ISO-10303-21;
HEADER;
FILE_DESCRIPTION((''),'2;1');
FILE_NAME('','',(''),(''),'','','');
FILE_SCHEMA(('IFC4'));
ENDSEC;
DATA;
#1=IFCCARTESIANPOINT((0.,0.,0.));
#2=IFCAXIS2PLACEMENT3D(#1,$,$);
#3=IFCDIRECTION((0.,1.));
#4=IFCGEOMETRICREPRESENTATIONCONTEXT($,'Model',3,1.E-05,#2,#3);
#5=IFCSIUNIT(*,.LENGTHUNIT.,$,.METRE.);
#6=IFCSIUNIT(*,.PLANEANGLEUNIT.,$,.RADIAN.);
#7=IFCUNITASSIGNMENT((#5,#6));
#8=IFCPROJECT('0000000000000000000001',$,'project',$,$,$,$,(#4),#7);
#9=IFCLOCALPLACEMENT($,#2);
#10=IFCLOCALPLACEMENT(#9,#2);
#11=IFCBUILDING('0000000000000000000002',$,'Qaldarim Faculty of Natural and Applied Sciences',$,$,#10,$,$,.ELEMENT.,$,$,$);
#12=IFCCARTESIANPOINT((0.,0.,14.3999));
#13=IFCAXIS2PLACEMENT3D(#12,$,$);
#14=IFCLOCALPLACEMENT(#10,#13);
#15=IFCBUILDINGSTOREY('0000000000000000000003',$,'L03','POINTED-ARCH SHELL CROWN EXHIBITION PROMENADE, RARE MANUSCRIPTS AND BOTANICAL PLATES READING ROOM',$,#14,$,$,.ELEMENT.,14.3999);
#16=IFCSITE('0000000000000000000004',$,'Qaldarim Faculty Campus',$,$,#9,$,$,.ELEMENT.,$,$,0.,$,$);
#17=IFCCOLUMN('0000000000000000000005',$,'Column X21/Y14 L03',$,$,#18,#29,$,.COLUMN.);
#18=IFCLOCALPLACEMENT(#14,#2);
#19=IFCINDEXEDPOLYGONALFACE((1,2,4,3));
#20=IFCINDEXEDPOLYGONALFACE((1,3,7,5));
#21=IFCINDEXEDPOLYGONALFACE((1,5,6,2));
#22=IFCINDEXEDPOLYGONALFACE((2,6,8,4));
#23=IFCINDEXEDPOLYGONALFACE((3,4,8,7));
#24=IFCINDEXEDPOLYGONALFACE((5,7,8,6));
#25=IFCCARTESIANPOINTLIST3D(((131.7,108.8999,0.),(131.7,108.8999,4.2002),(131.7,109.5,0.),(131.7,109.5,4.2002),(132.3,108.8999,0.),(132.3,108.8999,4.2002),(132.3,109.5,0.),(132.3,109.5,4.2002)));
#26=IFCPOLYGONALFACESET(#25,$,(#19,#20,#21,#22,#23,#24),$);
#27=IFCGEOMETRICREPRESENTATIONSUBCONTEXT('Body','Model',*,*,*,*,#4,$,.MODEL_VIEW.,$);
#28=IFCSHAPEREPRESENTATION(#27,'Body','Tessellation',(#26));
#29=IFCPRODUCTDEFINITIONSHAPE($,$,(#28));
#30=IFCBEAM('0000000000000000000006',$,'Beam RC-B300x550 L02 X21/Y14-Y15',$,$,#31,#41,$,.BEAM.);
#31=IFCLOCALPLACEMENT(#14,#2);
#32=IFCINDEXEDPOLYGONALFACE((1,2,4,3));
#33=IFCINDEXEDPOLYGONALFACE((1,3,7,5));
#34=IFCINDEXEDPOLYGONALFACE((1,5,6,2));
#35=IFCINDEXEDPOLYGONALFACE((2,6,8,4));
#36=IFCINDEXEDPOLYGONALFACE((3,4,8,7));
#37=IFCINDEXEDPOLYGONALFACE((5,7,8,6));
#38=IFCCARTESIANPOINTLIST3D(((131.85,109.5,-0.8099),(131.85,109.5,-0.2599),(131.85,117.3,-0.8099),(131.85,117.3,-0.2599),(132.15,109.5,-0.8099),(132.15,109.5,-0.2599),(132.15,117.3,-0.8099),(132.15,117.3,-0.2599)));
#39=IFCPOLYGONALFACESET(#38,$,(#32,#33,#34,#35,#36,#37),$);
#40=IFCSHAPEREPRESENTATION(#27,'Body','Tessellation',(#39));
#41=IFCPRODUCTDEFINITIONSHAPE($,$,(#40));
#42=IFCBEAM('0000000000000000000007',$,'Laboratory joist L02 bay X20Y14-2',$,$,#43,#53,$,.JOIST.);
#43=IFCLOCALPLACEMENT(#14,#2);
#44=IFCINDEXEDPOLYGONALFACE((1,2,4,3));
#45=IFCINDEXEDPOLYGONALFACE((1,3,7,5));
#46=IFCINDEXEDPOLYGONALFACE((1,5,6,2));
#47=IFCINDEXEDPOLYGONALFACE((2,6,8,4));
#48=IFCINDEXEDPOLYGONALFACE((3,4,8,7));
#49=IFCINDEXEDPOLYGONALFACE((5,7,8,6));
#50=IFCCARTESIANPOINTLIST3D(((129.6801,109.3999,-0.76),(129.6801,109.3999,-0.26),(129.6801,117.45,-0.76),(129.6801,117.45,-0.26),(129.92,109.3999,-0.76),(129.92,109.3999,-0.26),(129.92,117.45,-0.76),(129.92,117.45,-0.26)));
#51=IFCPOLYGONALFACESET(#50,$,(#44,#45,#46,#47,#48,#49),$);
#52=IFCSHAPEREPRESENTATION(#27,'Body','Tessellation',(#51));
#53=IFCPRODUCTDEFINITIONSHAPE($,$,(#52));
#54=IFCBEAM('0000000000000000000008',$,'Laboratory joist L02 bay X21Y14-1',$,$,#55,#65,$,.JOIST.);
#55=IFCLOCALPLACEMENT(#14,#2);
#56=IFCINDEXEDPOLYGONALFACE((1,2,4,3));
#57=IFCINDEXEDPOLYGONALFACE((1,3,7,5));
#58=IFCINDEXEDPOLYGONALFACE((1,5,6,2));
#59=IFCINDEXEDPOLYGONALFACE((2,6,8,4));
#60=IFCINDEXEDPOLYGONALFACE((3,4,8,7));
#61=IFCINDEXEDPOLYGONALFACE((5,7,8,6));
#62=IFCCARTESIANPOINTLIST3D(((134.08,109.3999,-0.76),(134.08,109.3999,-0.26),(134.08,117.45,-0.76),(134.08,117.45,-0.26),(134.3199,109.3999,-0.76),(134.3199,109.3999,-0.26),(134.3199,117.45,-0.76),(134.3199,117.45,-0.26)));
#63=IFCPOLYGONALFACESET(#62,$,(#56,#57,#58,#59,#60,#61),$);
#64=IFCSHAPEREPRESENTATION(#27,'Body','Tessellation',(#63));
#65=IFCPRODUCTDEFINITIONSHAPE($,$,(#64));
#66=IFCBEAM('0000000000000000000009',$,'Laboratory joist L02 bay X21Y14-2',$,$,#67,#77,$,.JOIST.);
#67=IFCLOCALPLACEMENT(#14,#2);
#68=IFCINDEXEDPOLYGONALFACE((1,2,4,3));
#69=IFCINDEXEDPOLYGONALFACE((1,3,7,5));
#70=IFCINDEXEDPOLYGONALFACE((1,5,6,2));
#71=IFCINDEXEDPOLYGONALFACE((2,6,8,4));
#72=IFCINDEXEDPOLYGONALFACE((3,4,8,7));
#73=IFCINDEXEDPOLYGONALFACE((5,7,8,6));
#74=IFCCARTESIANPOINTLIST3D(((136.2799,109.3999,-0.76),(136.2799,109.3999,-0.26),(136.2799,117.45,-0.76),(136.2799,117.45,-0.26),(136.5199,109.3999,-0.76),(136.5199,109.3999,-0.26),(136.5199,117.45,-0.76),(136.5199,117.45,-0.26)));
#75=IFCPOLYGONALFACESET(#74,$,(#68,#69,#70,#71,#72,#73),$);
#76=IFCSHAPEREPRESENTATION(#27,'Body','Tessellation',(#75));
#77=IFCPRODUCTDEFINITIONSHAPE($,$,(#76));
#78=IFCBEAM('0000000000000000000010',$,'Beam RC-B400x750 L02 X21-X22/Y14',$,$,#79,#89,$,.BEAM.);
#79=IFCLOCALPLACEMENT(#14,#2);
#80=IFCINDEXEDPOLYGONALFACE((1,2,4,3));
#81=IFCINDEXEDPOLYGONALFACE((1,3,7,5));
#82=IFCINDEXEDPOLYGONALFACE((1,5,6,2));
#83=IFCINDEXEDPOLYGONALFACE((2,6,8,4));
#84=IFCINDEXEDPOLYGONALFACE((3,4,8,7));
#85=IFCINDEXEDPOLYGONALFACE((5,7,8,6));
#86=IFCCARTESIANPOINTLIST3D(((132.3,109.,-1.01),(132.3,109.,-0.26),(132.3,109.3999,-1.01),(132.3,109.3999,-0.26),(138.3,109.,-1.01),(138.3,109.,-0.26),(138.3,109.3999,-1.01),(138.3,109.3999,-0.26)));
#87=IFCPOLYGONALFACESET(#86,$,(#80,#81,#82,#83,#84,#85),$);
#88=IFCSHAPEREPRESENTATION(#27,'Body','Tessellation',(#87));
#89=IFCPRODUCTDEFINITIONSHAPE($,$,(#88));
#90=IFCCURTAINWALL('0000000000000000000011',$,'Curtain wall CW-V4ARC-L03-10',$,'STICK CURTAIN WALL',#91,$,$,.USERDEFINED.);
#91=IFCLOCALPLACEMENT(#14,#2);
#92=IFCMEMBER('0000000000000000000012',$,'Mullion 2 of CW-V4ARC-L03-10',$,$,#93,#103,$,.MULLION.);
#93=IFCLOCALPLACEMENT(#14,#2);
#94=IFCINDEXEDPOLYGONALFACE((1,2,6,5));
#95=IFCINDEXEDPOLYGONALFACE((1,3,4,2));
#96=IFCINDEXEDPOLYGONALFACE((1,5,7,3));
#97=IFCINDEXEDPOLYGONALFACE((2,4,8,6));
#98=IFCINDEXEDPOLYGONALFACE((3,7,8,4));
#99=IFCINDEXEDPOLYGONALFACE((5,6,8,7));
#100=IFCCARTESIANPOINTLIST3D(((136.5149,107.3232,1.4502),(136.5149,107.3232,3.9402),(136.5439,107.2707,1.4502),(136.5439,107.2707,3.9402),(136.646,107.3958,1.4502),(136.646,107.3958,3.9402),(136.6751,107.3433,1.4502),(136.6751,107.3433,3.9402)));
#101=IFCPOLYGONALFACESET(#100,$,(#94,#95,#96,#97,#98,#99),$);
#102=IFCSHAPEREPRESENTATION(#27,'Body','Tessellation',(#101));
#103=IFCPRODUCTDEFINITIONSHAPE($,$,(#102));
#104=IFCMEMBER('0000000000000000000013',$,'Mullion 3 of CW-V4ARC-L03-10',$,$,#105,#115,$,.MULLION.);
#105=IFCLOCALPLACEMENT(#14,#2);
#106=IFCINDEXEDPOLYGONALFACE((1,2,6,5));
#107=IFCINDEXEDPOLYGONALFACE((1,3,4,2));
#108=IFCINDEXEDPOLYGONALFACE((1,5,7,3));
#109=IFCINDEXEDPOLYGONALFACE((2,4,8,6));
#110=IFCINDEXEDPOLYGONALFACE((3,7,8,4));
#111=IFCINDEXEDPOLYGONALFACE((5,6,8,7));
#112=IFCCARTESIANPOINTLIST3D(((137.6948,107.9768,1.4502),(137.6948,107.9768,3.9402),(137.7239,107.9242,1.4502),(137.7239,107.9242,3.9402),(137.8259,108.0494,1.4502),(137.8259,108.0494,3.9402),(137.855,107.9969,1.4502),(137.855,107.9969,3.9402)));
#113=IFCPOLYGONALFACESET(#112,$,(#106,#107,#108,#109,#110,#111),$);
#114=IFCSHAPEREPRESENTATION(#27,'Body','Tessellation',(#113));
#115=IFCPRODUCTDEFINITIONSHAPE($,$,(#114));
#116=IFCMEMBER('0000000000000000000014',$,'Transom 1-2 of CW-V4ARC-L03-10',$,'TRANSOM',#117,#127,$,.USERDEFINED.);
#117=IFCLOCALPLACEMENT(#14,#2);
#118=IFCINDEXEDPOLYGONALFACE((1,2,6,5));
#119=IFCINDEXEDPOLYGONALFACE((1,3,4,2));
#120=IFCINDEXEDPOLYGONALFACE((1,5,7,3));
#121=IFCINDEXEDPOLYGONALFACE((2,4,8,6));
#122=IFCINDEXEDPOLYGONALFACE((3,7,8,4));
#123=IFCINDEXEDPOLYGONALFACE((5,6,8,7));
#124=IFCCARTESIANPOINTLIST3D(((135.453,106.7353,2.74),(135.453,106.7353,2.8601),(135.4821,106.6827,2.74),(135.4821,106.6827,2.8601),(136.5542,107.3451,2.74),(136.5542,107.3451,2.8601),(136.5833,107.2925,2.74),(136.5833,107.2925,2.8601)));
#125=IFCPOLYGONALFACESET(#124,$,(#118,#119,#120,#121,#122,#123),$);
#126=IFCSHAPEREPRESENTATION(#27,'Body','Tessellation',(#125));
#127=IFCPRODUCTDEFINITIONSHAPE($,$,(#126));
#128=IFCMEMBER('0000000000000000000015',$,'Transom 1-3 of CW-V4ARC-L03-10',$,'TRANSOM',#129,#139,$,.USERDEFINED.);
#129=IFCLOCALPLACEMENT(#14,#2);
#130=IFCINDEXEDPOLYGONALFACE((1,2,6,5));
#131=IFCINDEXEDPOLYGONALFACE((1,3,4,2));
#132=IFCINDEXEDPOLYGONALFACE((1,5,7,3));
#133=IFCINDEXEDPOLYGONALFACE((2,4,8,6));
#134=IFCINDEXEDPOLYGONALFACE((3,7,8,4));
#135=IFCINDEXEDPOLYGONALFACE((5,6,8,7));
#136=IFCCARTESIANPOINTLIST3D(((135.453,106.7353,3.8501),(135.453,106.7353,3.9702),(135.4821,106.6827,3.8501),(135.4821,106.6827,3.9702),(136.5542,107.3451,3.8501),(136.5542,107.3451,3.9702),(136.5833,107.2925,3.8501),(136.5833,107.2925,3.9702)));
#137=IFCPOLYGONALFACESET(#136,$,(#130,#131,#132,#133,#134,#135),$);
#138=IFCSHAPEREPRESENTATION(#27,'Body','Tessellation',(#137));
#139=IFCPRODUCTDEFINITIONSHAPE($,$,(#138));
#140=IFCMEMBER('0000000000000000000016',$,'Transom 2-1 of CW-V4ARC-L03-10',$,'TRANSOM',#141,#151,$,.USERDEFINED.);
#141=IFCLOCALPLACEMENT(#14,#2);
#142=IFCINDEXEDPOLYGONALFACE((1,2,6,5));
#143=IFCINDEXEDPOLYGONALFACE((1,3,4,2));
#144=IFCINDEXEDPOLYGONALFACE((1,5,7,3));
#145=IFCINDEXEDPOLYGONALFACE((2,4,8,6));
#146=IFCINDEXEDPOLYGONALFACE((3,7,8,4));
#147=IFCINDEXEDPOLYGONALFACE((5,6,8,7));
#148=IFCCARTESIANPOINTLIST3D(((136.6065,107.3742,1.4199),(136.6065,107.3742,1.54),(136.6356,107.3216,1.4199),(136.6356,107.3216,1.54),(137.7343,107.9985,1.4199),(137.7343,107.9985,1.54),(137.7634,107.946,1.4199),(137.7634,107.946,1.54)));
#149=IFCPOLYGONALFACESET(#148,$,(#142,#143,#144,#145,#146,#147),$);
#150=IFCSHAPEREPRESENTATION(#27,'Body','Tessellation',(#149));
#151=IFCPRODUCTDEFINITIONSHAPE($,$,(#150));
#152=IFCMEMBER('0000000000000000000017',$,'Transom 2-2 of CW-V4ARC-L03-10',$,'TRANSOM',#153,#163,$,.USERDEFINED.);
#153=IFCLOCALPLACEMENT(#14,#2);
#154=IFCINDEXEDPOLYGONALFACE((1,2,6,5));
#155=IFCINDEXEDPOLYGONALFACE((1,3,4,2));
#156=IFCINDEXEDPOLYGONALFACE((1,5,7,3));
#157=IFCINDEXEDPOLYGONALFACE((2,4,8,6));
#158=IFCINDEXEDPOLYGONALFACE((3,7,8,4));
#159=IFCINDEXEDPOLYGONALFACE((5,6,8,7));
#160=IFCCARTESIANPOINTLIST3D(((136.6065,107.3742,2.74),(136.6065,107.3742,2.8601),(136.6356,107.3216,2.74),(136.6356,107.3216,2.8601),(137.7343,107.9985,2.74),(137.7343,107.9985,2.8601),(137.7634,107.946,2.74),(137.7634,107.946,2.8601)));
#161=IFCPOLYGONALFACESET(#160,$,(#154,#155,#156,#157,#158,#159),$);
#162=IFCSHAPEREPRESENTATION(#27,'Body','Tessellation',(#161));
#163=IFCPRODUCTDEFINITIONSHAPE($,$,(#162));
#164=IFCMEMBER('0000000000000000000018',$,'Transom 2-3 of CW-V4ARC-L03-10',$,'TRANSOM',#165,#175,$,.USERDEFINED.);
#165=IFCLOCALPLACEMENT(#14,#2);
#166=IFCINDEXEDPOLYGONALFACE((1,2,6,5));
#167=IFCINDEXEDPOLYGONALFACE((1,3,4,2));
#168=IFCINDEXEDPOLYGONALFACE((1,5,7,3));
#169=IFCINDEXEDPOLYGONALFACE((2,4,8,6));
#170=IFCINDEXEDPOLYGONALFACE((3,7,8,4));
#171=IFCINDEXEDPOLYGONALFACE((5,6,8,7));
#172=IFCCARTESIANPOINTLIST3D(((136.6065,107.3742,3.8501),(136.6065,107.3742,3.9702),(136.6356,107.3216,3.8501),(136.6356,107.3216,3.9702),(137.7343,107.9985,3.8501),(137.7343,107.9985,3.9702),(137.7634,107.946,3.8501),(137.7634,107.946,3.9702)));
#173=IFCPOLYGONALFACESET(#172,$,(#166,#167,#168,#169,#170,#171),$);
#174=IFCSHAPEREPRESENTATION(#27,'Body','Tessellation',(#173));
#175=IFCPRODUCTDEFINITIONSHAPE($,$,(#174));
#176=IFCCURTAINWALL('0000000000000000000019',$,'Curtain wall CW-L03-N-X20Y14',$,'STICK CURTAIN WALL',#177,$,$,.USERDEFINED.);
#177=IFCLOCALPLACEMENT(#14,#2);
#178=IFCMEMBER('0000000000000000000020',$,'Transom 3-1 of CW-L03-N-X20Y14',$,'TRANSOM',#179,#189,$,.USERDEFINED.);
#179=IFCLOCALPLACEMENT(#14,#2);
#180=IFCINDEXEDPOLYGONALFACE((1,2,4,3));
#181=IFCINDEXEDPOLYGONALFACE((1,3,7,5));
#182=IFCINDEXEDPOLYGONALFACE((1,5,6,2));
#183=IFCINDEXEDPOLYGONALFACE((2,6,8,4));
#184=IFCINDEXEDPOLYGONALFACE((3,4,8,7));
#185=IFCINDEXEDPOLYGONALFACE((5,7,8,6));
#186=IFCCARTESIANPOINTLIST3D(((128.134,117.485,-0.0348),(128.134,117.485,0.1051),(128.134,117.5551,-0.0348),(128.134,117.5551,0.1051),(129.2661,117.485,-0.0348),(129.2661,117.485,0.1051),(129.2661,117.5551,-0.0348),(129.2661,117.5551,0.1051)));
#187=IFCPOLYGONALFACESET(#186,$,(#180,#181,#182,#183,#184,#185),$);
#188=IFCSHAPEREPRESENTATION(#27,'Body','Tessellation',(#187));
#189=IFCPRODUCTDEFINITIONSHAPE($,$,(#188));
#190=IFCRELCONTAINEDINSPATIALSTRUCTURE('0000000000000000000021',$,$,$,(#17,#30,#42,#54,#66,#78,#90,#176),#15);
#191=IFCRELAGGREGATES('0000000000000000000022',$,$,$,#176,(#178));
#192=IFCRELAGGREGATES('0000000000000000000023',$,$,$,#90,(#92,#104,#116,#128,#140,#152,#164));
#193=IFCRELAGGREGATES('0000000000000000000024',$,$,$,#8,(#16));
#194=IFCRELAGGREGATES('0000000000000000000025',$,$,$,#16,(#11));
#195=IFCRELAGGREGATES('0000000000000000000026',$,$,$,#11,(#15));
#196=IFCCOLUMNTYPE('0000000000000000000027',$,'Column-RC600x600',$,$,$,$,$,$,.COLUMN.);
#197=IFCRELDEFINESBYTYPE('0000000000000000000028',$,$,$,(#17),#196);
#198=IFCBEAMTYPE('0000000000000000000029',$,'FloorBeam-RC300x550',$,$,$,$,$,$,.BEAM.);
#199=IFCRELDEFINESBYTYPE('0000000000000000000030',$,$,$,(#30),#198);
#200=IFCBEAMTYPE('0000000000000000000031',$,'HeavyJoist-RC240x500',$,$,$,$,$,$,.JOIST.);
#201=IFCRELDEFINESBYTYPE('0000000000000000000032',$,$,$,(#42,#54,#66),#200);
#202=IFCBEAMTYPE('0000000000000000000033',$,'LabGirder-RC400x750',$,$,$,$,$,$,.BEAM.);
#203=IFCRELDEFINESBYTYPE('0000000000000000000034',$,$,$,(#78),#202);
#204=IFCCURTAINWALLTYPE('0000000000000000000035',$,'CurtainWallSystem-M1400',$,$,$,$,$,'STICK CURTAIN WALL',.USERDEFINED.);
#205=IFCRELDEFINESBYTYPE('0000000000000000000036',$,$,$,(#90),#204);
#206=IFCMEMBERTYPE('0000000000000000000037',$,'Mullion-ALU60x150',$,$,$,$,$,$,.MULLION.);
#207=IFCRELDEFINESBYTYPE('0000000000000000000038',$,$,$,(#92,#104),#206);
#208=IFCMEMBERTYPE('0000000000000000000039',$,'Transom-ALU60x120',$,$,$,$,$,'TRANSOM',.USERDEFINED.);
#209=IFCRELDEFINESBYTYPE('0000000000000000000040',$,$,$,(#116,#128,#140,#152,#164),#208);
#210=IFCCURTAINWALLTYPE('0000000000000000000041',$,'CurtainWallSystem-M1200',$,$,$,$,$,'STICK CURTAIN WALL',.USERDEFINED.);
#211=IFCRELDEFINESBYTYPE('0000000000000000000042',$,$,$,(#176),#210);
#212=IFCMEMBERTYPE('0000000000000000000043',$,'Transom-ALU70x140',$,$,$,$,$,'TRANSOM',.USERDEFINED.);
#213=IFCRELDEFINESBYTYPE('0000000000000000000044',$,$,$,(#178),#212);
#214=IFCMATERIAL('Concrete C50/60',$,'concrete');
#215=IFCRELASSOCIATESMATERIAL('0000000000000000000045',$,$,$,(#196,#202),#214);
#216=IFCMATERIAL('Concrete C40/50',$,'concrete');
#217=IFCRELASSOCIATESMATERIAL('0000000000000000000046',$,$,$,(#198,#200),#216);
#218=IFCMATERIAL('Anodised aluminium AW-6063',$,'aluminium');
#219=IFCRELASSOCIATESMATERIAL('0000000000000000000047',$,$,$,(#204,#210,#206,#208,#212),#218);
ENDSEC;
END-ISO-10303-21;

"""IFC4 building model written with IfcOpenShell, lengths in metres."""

from ifc_helpers import new_model, si_unit, direction, frame, origin, origin_2d, place, context, subcontext, project, spatial, rectangle, extrude, material, material_profile, profile_set, type_object, element, aggregate, save


model = new_model("IFC4")

# Units and contexts
model_context = context("Model", 3, precision=1e-05, world=origin(), true_north=direction((0.0, 1.0)))
body_context = subcontext(model_context, "Body", "Model", "MODEL_VIEW")
ifc_project = project(units=[si_unit("LENGTHUNIT", "METRE"), si_unit("PLANEANGLEUNIT", "RADIAN")], contexts=[model_context])

# Site, building, storey
site_placement = place(None, origin())
site = spatial("IfcSite", under=ifc_project, at=site_placement, Name="Qaldarim Faculty Campus", CompositionType="ELEMENT", RefElevation=0.0)
building_placement = place(site_placement, origin())
building = spatial("IfcBuilding", under=site, at=building_placement, Name="Qaldarim Faculty of Natural and Applied Sciences", CompositionType="ELEMENT")
storey_placement = place(building_placement, frame((0.0, 0.0, 14.3999)))
storey = spatial("IfcBuildingStorey", under=building, at=storey_placement, Name="L03", Description="POINTED-ARCH SHELL CROWN EXHIBITION PROMENADE, RARE MANUSCRIPTS AND BOTANICAL PLATES READING ROOM", CompositionType="ELEMENT", Elevation=14.3999)

# Column
ifc_material_1 = material(Name="Concrete C50/60", Category="concrete")
ifc_material_profile_1 = material_profile(ifc_material_1, rectangle(XDim=0.6001, YDim=0.6001, at=origin_2d()), Name="RC-C600x600")
ifc_profile_set_1 = profile_set([ifc_material_profile_1], Name="Concrete C50/60")
column_type = type_object("IfcColumnType", Name="Column-RC600x600", PredefinedType="COLUMN", material=ifc_profile_set_1)
column_placement = place(storey_placement, frame((132.0, 109.2, 0.0), z_axis=(0.0, 0.0, 1.0), x_axis=(1.0, 0.0, 0.0)))
element("IfcColumn", 1, at=column_placement, inside=storey, type_object=column_type, Name="Column X21/Y14 L03", PredefinedType="COLUMN", context=body_context, shape_type="SweptSolid", body=[
    extrude(rectangle(XDim=0.6001, YDim=0.6001, at=origin_2d()), origin(), (0.0, 0.0, 1.0), 4.2002),
])

# Beams
ifc_material_2 = material(Name="Concrete C40/50", Category="concrete")
ifc_material_profile_2 = material_profile(ifc_material_2, rectangle(XDim=0.3, YDim=0.55, at=origin_2d()), Name="RC-B300x550")
ifc_profile_set_2 = profile_set([ifc_material_profile_2], Name="Concrete C40/50")
beam_type_1 = type_object("IfcBeamType", Name="FloorBeam-RC300x550", PredefinedType="BEAM", material=ifc_profile_set_2)
beam_1_placement = place(storey_placement, frame((132.0, 109.5, -0.5349), z_axis=(0.0, 1.0, 0.0), x_axis=(-1.0, 0.0, 0.0)))
element("IfcBeam", 2, at=beam_1_placement, inside=storey, type_object=beam_type_1, Name="Beam RC-B300x550 L02 X21/Y14-Y15", PredefinedType="BEAM", context=body_context, shape_type="SweptSolid", body=[
    extrude(rectangle(XDim=0.3, YDim=0.55, at=origin_2d()), origin(), (0.0, 0.0, 1.0), 7.8),
])
ifc_material_profile_3 = material_profile(ifc_material_2, rectangle(XDim=0.24, YDim=0.5, at=origin_2d()), Name="RC-J240x500")
ifc_profile_set_3 = profile_set([ifc_material_profile_3], Name="Concrete C40/50")
beam_type_2 = type_object("IfcBeamType", Name="HeavyJoist-RC240x500", PredefinedType="JOIST", material=ifc_profile_set_3)
for number, where, z_axis, x_axis, name in (
    (3, (129.8, 109.3999, -0.51), (0.0, 1.0, 0.0), (-1.0, 0.0, 0.0), "Laboratory joist L02 bay X20Y14-2"),
    (4, (134.2, 109.3999, -0.51), (0.0, 1.0, 0.0), (-1.0, 0.0, 0.0), "Laboratory joist L02 bay X21Y14-1"),
    (5, (136.3999, 109.3999, -0.51), (0.0, 1.0, 0.0), (-1.0, 0.0, 0.0), "Laboratory joist L02 bay X21Y14-2"),
):
    element("IfcBeam", number, at=place(storey_placement, frame(where, z_axis=z_axis, x_axis=x_axis)), inside=storey, type_object=beam_type_2, Name=name, PredefinedType="JOIST", context=body_context, shape_type="SweptSolid", body=[
        extrude(rectangle(XDim=0.24, YDim=0.5, at=origin_2d()), origin(), (0.0, 0.0, 1.0), 8.05),
    ])
ifc_material_profile_4 = material_profile(ifc_material_1, rectangle(XDim=0.3999, YDim=0.75, at=origin_2d()), Name="RC-B400x750")
ifc_profile_set_4 = profile_set([ifc_material_profile_4], Name="Concrete C50/60")
beam_type_3 = type_object("IfcBeamType", Name="LabGirder-RC400x750", PredefinedType="BEAM", material=ifc_profile_set_4)
beam_2_placement = place(storey_placement, frame((132.3, 109.2, -0.635), z_axis=(1.0, 0.0, 0.0), x_axis=(0.0, 1.0, 0.0)))
element("IfcBeam", 6, at=beam_2_placement, inside=storey, type_object=beam_type_3, Name="Beam RC-B400x750 L02 X21-X22/Y14", PredefinedType="BEAM", context=body_context, shape_type="SweptSolid", body=[
    extrude(rectangle(XDim=0.3999, YDim=0.75, at=origin_2d()), origin(), (0.0, 0.0, 1.0), 6.0),
])

# Curtain walls, members
ifc_material_3 = material(Name="Anodised aluminium AW-6063", Category="aluminium")
curtain_wall_type_1 = type_object("IfcCurtainWallType", Name="CurtainWallSystem-M1400", ElementType="STICK CURTAIN WALL", PredefinedType="USERDEFINED", material=ifc_material_3)
curtain_wall_1_placement = place(storey_placement, origin())
curtain_wall_1 = element("IfcCurtainWall", 7, at=curtain_wall_1_placement, inside=storey, type_object=curtain_wall_type_1, Name="Curtain wall CW-V4ARC-L03-10", ObjectType="STICK CURTAIN WALL", PredefinedType="USERDEFINED")
ifc_material_profile_5 = material_profile(ifc_material_3, rectangle(XDim=0.0601, YDim=0.1499, at=origin_2d()), Name="ALU-M60x150")
ifc_profile_set_5 = profile_set([ifc_material_profile_5], Name="Anodised aluminium AW-6063")
member_type_1 = type_object("IfcMemberType", Name="Mullion-ALU60x150", PredefinedType="MULLION", material=ifc_profile_set_5)
member_1_placement = place(storey_placement, frame((136.595, 107.3333, 1.4502), z_axis=(0.0, 0.0, 1.0), x_axis=(-0.484382, 0.874857, 0.0)))
member_1 = element("IfcMember", 8, at=member_1_placement, type_object=member_type_1, Name="Mullion 2 of CW-V4ARC-L03-10", PredefinedType="MULLION", context=body_context, shape_type="SweptSolid", body=[
    extrude(rectangle(XDim=0.0601, YDim=0.1499, at=origin_2d()), origin(), (0.0, 0.0, 1.0), 2.49),
])
member_2_placement = place(storey_placement, frame((137.7749, 107.9868, 1.4502), z_axis=(0.0, 0.0, 1.0), x_axis=(-0.484382, 0.874857, 0.0)))
member_2 = element("IfcMember", 9, at=member_2_placement, type_object=member_type_1, Name="Mullion 3 of CW-V4ARC-L03-10", PredefinedType="MULLION", context=body_context, shape_type="SweptSolid", body=[
    extrude(rectangle(XDim=0.0601, YDim=0.1499, at=origin_2d()), origin(), (0.0, 0.0, 1.0), 2.49),
])
ifc_material_profile_6 = material_profile(ifc_material_3, rectangle(XDim=0.0601, YDim=0.1201, at=origin_2d()), Name="ALU-T60x120")
ifc_profile_set_6 = profile_set([ifc_material_profile_6], Name="Anodised aluminium AW-6063")
member_type_2 = type_object("IfcMemberType", Name="Transom-ALU60x120", ElementType="TRANSOM", PredefinedType="USERDEFINED", material=ifc_profile_set_6)
member_3_placement = place(storey_placement, frame((135.4675, 106.709, 2.8), z_axis=(0.874824, 0.48444, 0.0), x_axis=(-0.48444, 0.874824, 0.0)))
member_3 = element("IfcMember", 10, at=member_3_placement, type_object=member_type_2, Name="Transom 1-2 of CW-V4ARC-L03-10", ObjectType="TRANSOM", PredefinedType="USERDEFINED", context=body_context, shape_type="SweptSolid", body=[
    extrude(rectangle(XDim=0.0601, YDim=0.1201, at=origin_2d()), origin(), (0.0, 0.0, 1.0), 1.2588),
])
member_4_placement = place(storey_placement, frame((135.4675, 106.709, 3.9102), z_axis=(0.874824, 0.48444, 0.0), x_axis=(-0.48444, 0.874824, 0.0)))
member_4 = element("IfcMember", 11, at=member_4_placement, type_object=member_type_2, Name="Transom 1-3 of CW-V4ARC-L03-10", ObjectType="TRANSOM", PredefinedType="USERDEFINED", context=body_context, shape_type="SweptSolid", body=[
    extrude(rectangle(XDim=0.0601, YDim=0.1201, at=origin_2d()), origin(), (0.0, 0.0, 1.0), 1.2588),
])
member_5_placement = place(storey_placement, frame((136.6211, 107.3479, 1.48), z_axis=(0.874889, 0.484324, 0.0), x_axis=(-0.484324, 0.874889, 0.0)))
member_5 = element("IfcMember", 12, at=member_5_placement, type_object=member_type_2, Name="Transom 2-1 of CW-V4ARC-L03-10", ObjectType="TRANSOM", PredefinedType="USERDEFINED", context=body_context, shape_type="SweptSolid", body=[
    extrude(rectangle(XDim=0.0601, YDim=0.1201, at=origin_2d()), origin(), (0.0, 0.0, 1.0), 1.2891),
])
member_6_placement = place(storey_placement, frame((136.6211, 107.3479, 2.8), z_axis=(0.874889, 0.484324, 0.0), x_axis=(-0.484324, 0.874889, 0.0)))
member_6 = element("IfcMember", 13, at=member_6_placement, type_object=member_type_2, Name="Transom 2-2 of CW-V4ARC-L03-10", ObjectType="TRANSOM", PredefinedType="USERDEFINED", context=body_context, shape_type="SweptSolid", body=[
    extrude(rectangle(XDim=0.0601, YDim=0.1201, at=origin_2d()), origin(), (0.0, 0.0, 1.0), 1.2891),
])
member_7_placement = place(storey_placement, frame((136.6211, 107.3479, 3.9102), z_axis=(0.874889, 0.484324, 0.0), x_axis=(-0.484324, 0.874889, 0.0)))
member_7 = element("IfcMember", 14, at=member_7_placement, type_object=member_type_2, Name="Transom 2-3 of CW-V4ARC-L03-10", ObjectType="TRANSOM", PredefinedType="USERDEFINED", context=body_context, shape_type="SweptSolid", body=[
    extrude(rectangle(XDim=0.0601, YDim=0.1201, at=origin_2d()), origin(), (0.0, 0.0, 1.0), 1.2891),
])
curtain_wall_type_2 = type_object("IfcCurtainWallType", Name="CurtainWallSystem-M1200", ElementType="STICK CURTAIN WALL", PredefinedType="USERDEFINED", material=ifc_material_3)
curtain_wall_2_placement = place(storey_placement, origin())
curtain_wall_2 = element("IfcCurtainWall", 15, at=curtain_wall_2_placement, inside=storey, type_object=curtain_wall_type_2, Name="Curtain wall CW-L03-N-X20Y14", ObjectType="STICK CURTAIN WALL", PredefinedType="USERDEFINED")
ifc_material_profile_7 = material_profile(ifc_material_3, rectangle(XDim=0.0701, YDim=0.1399, at=origin_2d()), Name="ALU-T70x140")
ifc_profile_set_7 = profile_set([ifc_material_profile_7], Name="Anodised aluminium AW-6063")
member_type_3 = type_object("IfcMemberType", Name="Transom-ALU70x140", ElementType="TRANSOM", PredefinedType="USERDEFINED", material=ifc_profile_set_7)
member_8_placement = place(storey_placement, frame((129.2661, 117.52, 0.0352), z_axis=(-1.0, 0.0, 0.0), x_axis=(0.0, -1.0, 0.0)))
member_8 = element("IfcMember", 16, at=member_8_placement, type_object=member_type_3, Name="Transom 3-1 of CW-L03-N-X20Y14", ObjectType="TRANSOM", PredefinedType="USERDEFINED", context=body_context, shape_type="SweptSolid", body=[
    extrude(rectangle(XDim=0.0701, YDim=0.1399, at=origin_2d()), origin(), (0.0, 0.0, 1.0), 1.1321),
])
aggregate(curtain_wall_2, [member_8])

aggregate(curtain_wall_1, [member_1, member_2, member_3, member_4, member_5, member_6, member_7])

save(model, "model.ifc")
